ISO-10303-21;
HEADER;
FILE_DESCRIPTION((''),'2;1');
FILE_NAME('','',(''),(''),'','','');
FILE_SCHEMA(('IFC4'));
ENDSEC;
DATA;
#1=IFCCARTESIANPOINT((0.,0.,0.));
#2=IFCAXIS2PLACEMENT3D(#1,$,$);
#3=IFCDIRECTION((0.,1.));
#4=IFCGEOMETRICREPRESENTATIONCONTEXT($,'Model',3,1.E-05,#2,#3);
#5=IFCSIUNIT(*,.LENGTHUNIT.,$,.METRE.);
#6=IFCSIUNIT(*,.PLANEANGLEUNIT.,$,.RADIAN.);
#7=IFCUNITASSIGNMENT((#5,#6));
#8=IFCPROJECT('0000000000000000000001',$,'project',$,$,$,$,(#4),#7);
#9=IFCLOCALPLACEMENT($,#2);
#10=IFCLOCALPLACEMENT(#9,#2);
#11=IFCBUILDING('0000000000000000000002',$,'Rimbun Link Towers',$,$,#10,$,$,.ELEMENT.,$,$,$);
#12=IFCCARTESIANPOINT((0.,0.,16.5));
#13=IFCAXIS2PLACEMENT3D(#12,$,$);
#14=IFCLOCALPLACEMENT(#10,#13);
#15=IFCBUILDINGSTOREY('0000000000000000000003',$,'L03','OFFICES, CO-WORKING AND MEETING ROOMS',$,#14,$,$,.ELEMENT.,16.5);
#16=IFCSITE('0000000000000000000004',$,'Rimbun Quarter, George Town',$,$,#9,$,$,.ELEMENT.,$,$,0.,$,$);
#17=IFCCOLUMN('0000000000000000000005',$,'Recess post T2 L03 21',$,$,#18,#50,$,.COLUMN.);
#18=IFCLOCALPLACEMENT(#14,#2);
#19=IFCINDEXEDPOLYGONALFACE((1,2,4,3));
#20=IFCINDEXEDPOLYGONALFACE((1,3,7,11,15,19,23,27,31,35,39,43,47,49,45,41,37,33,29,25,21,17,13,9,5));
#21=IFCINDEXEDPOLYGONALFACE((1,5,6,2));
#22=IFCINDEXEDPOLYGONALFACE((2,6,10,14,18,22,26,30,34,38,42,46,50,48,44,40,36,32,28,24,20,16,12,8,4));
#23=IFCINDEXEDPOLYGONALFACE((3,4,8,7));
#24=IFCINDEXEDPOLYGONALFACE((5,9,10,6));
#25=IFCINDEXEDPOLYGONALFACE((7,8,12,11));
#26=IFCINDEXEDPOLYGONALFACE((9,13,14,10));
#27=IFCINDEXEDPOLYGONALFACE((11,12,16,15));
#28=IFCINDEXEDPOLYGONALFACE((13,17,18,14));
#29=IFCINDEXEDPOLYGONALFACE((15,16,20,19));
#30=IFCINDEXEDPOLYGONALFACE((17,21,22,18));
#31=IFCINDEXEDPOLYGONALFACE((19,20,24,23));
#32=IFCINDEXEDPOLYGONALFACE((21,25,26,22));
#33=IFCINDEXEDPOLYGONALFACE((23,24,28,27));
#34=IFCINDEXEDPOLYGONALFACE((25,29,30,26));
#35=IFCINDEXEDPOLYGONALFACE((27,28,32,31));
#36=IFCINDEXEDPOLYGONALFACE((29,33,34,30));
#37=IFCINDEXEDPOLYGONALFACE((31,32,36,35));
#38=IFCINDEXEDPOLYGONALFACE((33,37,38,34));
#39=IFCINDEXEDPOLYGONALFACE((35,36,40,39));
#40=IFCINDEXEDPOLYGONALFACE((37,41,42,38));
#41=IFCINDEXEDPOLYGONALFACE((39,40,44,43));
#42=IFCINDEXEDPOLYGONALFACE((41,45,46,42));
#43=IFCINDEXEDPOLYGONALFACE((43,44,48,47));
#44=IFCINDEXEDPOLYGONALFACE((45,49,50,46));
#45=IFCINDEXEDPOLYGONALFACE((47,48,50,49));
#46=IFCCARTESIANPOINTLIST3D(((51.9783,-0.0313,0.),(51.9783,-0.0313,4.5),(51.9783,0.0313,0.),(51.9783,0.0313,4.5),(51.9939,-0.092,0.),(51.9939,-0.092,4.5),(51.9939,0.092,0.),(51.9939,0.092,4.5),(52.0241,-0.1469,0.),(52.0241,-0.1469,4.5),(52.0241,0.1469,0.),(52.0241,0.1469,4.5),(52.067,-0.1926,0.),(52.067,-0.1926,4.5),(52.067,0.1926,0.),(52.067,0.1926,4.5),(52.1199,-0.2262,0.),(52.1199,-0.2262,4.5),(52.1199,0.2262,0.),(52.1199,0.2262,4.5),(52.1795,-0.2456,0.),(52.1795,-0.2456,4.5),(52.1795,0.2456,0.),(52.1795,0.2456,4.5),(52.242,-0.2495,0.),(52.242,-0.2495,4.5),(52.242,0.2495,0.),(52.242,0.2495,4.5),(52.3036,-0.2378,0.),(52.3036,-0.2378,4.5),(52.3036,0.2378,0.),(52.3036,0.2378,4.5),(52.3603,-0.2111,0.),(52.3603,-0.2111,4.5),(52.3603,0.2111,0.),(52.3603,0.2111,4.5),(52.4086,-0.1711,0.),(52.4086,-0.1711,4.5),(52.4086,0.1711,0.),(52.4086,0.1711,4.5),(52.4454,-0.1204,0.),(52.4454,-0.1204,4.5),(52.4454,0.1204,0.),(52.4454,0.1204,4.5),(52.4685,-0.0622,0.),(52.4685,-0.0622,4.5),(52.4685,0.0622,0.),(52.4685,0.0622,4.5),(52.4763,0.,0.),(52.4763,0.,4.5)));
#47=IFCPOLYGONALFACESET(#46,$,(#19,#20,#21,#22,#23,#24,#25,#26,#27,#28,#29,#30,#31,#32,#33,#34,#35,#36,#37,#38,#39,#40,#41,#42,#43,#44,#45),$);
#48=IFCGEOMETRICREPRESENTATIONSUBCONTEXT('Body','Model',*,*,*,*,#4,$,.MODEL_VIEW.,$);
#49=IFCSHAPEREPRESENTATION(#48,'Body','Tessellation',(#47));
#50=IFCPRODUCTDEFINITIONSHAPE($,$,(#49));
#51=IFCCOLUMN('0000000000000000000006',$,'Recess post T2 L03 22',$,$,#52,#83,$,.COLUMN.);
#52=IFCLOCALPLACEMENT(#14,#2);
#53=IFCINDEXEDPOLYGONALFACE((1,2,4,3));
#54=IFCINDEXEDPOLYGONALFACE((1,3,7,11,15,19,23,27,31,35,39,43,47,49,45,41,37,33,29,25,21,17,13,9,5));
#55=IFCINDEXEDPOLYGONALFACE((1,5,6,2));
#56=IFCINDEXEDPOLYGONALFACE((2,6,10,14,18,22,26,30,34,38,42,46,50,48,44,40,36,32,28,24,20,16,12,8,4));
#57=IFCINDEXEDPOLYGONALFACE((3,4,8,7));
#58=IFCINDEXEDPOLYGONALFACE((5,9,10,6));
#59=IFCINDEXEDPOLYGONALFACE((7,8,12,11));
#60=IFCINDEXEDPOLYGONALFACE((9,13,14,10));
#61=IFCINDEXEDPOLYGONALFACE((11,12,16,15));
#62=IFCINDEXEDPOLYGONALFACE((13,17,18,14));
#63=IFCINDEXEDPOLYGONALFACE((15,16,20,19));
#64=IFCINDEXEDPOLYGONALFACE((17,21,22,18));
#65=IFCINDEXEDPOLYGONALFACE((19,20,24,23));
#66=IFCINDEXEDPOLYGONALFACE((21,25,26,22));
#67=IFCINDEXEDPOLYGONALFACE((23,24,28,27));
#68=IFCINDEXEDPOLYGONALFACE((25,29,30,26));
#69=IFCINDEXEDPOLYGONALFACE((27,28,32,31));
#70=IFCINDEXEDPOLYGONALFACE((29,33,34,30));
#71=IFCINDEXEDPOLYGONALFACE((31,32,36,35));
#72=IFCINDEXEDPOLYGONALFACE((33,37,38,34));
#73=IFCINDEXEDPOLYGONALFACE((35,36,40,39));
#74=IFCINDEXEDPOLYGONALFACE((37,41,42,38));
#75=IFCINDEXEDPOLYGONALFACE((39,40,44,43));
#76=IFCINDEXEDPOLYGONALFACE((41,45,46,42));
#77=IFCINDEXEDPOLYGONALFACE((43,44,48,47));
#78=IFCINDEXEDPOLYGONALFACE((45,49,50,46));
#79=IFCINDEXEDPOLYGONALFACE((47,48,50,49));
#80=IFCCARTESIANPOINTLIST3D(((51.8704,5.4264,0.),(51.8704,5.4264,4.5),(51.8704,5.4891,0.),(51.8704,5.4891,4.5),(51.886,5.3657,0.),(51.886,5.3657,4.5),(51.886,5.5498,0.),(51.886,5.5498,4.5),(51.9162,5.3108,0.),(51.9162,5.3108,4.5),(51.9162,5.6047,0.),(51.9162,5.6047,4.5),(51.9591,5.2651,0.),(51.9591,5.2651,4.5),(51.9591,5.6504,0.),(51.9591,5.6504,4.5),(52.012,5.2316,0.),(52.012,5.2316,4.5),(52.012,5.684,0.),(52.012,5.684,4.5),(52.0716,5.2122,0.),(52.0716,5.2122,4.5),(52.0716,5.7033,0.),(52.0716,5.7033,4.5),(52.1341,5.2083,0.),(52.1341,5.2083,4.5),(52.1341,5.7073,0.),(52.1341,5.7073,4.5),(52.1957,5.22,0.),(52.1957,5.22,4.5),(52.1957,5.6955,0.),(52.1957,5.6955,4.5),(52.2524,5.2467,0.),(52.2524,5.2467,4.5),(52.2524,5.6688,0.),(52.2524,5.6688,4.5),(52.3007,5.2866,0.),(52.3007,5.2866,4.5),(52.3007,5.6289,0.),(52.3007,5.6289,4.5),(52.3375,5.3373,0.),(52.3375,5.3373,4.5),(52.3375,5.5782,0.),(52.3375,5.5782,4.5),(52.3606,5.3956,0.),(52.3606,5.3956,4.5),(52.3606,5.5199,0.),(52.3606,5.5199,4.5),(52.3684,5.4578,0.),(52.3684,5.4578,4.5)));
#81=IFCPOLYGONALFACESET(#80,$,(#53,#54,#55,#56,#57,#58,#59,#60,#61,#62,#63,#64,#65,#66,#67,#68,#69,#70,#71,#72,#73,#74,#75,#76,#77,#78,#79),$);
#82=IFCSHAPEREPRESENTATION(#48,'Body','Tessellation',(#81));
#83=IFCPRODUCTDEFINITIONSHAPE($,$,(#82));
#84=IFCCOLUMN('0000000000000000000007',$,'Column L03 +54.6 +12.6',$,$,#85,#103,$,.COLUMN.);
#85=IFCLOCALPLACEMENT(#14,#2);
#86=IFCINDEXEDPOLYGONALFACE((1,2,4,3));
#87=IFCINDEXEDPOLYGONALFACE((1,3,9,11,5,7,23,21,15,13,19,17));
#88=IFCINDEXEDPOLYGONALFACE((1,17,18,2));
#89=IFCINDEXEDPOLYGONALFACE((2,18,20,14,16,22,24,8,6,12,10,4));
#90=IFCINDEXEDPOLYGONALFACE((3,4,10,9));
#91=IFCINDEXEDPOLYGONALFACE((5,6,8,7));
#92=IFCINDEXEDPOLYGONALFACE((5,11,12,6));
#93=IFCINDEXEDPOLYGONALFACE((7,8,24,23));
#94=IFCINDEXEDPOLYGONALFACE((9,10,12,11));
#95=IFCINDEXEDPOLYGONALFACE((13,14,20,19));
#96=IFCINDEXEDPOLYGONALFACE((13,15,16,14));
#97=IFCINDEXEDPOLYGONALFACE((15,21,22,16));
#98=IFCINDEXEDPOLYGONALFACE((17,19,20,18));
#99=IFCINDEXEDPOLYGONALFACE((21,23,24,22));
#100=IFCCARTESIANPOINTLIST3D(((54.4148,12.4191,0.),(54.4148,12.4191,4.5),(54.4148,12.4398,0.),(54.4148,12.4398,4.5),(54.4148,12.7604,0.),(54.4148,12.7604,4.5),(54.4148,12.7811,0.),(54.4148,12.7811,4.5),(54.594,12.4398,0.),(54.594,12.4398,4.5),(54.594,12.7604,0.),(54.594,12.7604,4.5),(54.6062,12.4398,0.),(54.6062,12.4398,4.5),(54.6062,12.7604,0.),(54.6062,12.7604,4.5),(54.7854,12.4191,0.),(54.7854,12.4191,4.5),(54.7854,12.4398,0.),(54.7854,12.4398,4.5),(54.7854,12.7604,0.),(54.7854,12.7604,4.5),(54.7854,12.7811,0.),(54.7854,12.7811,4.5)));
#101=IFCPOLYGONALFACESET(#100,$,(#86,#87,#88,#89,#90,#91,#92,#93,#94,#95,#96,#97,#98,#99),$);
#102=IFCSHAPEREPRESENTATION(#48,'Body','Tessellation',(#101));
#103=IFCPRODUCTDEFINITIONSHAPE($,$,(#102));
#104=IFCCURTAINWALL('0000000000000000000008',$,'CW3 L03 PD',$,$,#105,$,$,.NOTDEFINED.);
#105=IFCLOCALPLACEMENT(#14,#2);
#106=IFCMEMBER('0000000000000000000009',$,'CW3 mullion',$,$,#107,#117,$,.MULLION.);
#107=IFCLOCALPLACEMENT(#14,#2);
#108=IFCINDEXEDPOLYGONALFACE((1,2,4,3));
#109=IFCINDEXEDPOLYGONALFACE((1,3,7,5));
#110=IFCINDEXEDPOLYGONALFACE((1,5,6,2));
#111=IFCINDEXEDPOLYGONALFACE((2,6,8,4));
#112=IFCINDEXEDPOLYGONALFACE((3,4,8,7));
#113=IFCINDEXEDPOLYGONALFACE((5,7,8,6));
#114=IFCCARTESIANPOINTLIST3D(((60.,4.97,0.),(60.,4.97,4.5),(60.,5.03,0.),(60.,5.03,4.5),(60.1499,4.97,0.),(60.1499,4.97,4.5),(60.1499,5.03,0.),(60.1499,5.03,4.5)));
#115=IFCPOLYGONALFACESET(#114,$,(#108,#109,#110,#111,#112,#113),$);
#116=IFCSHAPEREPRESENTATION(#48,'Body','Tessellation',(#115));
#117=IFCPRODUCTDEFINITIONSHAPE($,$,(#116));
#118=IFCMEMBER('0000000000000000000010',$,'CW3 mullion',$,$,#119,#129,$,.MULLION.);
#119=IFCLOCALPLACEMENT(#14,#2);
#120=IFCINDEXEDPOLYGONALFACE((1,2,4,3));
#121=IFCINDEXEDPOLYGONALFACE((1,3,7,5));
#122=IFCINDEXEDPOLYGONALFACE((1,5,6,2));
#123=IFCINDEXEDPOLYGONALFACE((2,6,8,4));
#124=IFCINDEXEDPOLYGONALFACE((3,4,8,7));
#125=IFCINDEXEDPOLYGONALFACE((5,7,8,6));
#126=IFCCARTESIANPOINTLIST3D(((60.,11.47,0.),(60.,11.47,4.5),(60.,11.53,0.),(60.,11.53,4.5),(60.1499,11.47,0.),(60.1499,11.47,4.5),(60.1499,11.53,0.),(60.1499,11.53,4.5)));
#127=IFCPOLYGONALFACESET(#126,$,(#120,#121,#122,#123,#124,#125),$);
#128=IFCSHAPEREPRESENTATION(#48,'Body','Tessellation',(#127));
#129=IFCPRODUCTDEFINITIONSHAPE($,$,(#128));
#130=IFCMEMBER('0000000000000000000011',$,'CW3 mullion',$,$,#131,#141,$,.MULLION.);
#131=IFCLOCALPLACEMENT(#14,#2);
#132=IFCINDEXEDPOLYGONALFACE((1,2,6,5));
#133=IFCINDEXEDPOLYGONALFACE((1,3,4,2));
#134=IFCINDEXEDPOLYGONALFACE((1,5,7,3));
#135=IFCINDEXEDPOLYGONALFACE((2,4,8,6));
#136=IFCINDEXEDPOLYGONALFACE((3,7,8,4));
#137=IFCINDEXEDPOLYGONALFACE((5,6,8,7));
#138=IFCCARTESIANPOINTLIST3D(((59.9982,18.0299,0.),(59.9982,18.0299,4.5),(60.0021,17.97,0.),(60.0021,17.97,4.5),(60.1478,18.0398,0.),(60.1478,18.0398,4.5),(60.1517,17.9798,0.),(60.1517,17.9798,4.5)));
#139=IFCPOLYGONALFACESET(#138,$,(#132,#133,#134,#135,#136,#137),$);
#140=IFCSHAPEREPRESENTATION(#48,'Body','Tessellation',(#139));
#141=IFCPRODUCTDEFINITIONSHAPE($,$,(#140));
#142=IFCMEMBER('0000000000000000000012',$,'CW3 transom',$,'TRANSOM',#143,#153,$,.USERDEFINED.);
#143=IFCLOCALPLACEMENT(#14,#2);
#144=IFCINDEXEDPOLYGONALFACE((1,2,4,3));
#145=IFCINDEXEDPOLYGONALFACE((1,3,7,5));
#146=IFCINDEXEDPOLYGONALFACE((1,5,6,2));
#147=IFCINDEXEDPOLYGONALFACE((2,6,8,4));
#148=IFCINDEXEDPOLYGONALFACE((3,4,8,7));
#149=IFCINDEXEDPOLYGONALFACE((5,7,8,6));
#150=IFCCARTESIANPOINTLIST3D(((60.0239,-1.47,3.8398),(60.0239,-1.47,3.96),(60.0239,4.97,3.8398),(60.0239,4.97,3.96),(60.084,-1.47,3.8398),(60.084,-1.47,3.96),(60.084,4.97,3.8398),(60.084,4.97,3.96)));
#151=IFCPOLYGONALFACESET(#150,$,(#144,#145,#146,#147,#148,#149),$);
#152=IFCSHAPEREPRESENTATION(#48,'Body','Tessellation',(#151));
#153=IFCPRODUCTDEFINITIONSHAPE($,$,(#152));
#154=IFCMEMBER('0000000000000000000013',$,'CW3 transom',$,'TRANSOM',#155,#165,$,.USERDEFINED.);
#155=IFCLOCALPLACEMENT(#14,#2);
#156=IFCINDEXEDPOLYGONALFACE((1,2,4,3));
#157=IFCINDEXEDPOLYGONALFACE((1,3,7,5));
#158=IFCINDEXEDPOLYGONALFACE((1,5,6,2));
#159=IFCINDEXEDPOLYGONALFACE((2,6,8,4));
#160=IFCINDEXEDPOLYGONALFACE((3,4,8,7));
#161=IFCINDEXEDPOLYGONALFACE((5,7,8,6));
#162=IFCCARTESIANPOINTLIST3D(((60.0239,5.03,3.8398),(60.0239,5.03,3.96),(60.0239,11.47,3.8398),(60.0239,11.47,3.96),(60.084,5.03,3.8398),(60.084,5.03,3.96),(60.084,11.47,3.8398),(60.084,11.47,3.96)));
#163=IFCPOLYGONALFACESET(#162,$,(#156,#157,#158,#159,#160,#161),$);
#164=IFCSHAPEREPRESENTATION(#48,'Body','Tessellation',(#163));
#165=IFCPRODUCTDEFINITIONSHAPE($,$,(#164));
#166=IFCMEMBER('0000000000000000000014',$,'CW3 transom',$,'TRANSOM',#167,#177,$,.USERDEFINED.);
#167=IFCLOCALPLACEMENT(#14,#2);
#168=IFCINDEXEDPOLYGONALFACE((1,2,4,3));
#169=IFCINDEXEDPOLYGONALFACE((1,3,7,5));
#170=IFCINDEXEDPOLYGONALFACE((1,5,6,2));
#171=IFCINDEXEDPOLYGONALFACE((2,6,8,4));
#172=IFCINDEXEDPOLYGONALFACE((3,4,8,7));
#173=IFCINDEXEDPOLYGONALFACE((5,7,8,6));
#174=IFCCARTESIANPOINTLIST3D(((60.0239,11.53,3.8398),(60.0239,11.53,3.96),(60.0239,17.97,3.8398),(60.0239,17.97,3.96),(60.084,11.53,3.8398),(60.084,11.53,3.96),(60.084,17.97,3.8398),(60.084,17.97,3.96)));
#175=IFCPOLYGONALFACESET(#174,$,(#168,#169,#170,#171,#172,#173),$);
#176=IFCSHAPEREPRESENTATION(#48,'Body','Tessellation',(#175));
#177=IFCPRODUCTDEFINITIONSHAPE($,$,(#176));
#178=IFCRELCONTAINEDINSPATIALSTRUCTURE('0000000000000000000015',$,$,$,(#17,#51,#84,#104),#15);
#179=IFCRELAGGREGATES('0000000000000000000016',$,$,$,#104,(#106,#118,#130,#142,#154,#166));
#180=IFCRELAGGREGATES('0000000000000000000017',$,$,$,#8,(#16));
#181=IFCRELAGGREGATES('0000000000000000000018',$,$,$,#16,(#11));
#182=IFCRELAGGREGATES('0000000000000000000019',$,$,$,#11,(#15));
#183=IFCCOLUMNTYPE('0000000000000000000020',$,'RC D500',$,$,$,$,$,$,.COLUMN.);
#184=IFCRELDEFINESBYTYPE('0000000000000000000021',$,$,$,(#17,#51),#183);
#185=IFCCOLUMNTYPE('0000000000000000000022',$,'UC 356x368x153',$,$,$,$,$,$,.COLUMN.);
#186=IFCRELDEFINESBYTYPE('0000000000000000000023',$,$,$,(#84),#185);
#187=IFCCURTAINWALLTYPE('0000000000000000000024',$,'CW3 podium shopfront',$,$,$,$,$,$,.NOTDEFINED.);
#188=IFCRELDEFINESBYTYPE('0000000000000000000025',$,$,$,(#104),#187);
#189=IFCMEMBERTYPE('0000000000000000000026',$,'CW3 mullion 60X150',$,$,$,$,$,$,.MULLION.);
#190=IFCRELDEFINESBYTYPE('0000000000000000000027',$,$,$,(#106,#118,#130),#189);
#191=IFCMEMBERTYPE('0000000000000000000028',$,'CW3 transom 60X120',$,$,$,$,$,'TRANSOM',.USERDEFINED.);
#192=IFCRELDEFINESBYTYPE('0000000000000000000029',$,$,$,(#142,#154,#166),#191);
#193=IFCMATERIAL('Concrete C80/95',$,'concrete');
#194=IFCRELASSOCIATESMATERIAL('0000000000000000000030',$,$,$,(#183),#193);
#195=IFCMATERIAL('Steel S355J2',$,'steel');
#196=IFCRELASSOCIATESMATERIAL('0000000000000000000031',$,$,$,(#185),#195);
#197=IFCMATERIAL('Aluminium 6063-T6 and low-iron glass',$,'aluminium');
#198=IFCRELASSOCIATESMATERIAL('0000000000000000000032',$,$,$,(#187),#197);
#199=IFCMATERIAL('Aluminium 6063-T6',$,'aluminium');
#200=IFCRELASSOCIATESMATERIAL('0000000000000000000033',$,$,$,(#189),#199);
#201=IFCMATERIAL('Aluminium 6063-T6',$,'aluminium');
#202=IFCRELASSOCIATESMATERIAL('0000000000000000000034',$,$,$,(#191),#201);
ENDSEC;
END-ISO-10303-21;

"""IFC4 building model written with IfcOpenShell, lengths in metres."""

from ifc_helpers import new_model, si_unit, direction, frame, origin, origin_2d, place, context, subcontext, project, spatial, rectangle, circle, i_section, extrude, material, material_profile, profile_set, type_object, element, aggregate, save


model = new_model("IFC4")

# Units and contexts
model_context = context("Model", 3, precision=1e-05, world=origin(), true_north=direction((0.0, 1.0)))
body_context = subcontext(model_context, "Body", "Model", "MODEL_VIEW")
ifc_project = project(units=[si_unit("LENGTHUNIT", "METRE"), si_unit("PLANEANGLEUNIT", "RADIAN")], contexts=[model_context])

# Site, building, storey
site_placement = place(None, origin())
site = spatial("IfcSite", under=ifc_project, at=site_placement, Name="Rimbun Quarter, George Town", CompositionType="ELEMENT", RefElevation=0.0)
building_placement = place(site_placement, origin())
building = spatial("IfcBuilding", under=site, at=building_placement, Name="Rimbun Link Towers", CompositionType="ELEMENT")
storey_placement = place(building_placement, frame((0.0, 0.0, 16.5)))
storey = spatial("IfcBuildingStorey", under=building, at=storey_placement, Name="L03", Description="OFFICES, CO-WORKING AND MEETING ROOMS", CompositionType="ELEMENT", Elevation=16.5)

# Columns
ifc_material_1 = material(Name="Concrete C80/95", Category="concrete")
ifc_material_profile_1 = material_profile(ifc_material_1, circle(Radius=0.25, at=origin_2d()), Name="RC D500")
ifc_profile_set_1 = profile_set([ifc_material_profile_1], Name="Concrete C80/95")
column_type_1 = type_object("IfcColumnType", Name="RC D500", PredefinedType="COLUMN", material=ifc_profile_set_1)
for number, where, z_axis, x_axis, name in (
    (1, (52.2263, 0.0, 0.0), (0.0, 0.0, 1.0), (1.0, 0.0, 0.0), "Recess post T2 L03 21"),
    (2, (52.1184, 5.4578, 0.0), (0.0, 0.0, 1.0), (1.0, 0.0, 0.0), "Recess post T2 L03 22"),
):
    element("IfcColumn", number, at=place(storey_placement, frame(where, z_axis=z_axis, x_axis=x_axis)), inside=storey, type_object=column_type_1, Name=name, PredefinedType="COLUMN", context=body_context, shape_type="SweptSolid", body=[
        extrude(circle(Radius=0.25, at=origin_2d()), origin(), (0.0, 0.0, 1.0), 4.5),
    ])
ifc_material_2 = material(Name="Steel S355J2", Category="steel")
ifc_material_profile_2 = material_profile(ifc_material_2, i_section(OverallWidth=0.3706, OverallDepth=0.3621, WebThickness=0.0122, FlangeThickness=0.0208, at=origin_2d()), Name="UC 356x368x153")
ifc_profile_set_2 = profile_set([ifc_material_profile_2], Name="Steel S355J2")
column_type_2 = type_object("IfcColumnType", Name="UC 356x368x153", PredefinedType="COLUMN", material=ifc_profile_set_2)
column_placement = place(storey_placement, frame((54.6001, 12.6001, 0.0), z_axis=(0.0, 0.0, 1.0), x_axis=(1.0, 0.0, 0.0)))
element("IfcColumn", 3, at=column_placement, inside=storey, type_object=column_type_2, Name="Column L03 +54.6 +12.6", PredefinedType="COLUMN", context=body_context, shape_type="SweptSolid", body=[
    extrude(i_section(OverallWidth=0.3706, OverallDepth=0.3621, WebThickness=0.0122, FlangeThickness=0.0208, at=origin_2d()), origin(), (0.0, 0.0, 1.0), 4.5),
])

# Curtain wall, members
ifc_material_3 = material(Name="Aluminium 6063-T6 and low-iron glass", Category="aluminium")
curtain_wall_type = type_object("IfcCurtainWallType", Name="CW3 podium shopfront", PredefinedType="NOTDEFINED", material=ifc_material_3)
curtain_wall_placement = place(storey_placement, origin())
curtain_wall = element("IfcCurtainWall", 4, at=curtain_wall_placement, inside=storey, type_object=curtain_wall_type, Name="CW3 L03 PD", PredefinedType="NOTDEFINED")
ifc_material_4 = material(Name="Aluminium 6063-T6", Category="aluminium")
ifc_material_profile_3 = material_profile(ifc_material_4, rectangle(XDim=0.1499, YDim=0.0601, at=origin_2d()), Name="MULLION 60X150")
ifc_profile_set_3 = profile_set([ifc_material_profile_3], Name="Aluminium 6063-T6")
member_type_1 = type_object("IfcMemberType", Name="CW3 mullion 60X150", PredefinedType="MULLION", material=ifc_profile_set_3)
member_1_placement = place(storey_placement, frame((60.075, 5.0, 0.0), z_axis=(0.0, 0.0, 1.0), x_axis=(1.0, 0.0, 0.0)))
member_1 = element("IfcMember", 5, at=member_1_placement, type_object=member_type_1, Name="CW3 mullion", PredefinedType="MULLION", context=body_context, shape_type="SweptSolid", body=[
    extrude(rectangle(XDim=0.1499, YDim=0.0601, at=origin_2d()), origin(), (0.0, 0.0, 1.0), 4.5),
])
member_2_placement = place(storey_placement, frame((60.075, 11.5, 0.0), z_axis=(0.0, 0.0, 1.0), x_axis=(1.0, 0.0, 0.0)))
member_2 = element("IfcMember", 6, at=member_2_placement, type_object=member_type_1, Name="CW3 mullion", PredefinedType="MULLION", context=body_context, shape_type="SweptSolid", body=[
    extrude(rectangle(XDim=0.1499, YDim=0.0601, at=origin_2d()), origin(), (0.0, 0.0, 1.0), 4.5),
])
member_3_placement = place(storey_placement, frame((60.075, 18.0049, 0.0), z_axis=(0.0, 0.0, 1.0), x_axis=(0.997859, 0.065405, 0.0)))
member_3 = element("IfcMember", 7, at=member_3_placement, type_object=member_type_1, Name="CW3 mullion", PredefinedType="MULLION", context=body_context, shape_type="SweptSolid", body=[
    extrude(rectangle(XDim=0.1499, YDim=0.0601, at=origin_2d()), origin(), (0.0, 0.0, 1.0), 4.5),
])
ifc_material_5 = material(Name="Aluminium 6063-T6", Category="aluminium")
ifc_material_profile_4 = material_profile(ifc_material_5, rectangle(XDim=0.0601, YDim=0.1201, at=origin_2d()), Name="TRANSOM 60X120")
ifc_profile_set_4 = profile_set([ifc_material_profile_4], Name="Aluminium 6063-T6")
member_type_2 = type_object("IfcMemberType", Name="CW3 transom 60X120", ElementType="TRANSOM", PredefinedType="USERDEFINED", material=ifc_profile_set_4)
member_4_placement = place(storey_placement, frame((60.054, 4.97, 3.8999), z_axis=(0.0, -1.0, 0.0), x_axis=(1.0, 0.0, 0.0)))
member_4 = element("IfcMember", 8, at=member_4_placement, type_object=member_type_2, Name="CW3 transom", ObjectType="TRANSOM", PredefinedType="USERDEFINED", context=body_context, shape_type="SweptSolid", body=[
    extrude(rectangle(XDim=0.0601, YDim=0.1201, at=origin_2d()), origin(), (0.0, 0.0, 1.0), 6.4399),
])
member_5_placement = place(storey_placement, frame((60.054, 11.47, 3.8999), z_axis=(0.0, -1.0, 0.0), x_axis=(1.0, 0.0, 0.0)))
member_5 = element("IfcMember", 9, at=member_5_placement, type_object=member_type_2, Name="CW3 transom", ObjectType="TRANSOM", PredefinedType="USERDEFINED", context=body_context, shape_type="SweptSolid", body=[
    extrude(rectangle(XDim=0.0601, YDim=0.1201, at=origin_2d()), origin(), (0.0, 0.0, 1.0), 6.4399),
])
member_6_placement = place(storey_placement, frame((60.054, 17.97, 3.8999), z_axis=(0.0, -1.0, 0.0), x_axis=(1.0, 0.0, 0.0)))
member_6 = element("IfcMember", 10, at=member_6_placement, type_object=member_type_2, Name="CW3 transom", ObjectType="TRANSOM", PredefinedType="USERDEFINED", context=body_context, shape_type="SweptSolid", body=[
    extrude(rectangle(XDim=0.0601, YDim=0.1201, at=origin_2d()), origin(), (0.0, 0.0, 1.0), 6.4399),
])

aggregate(curtain_wall, [member_1, member_2, member_3, member_4, member_5, member_6])

save(model, "model.ifc")
